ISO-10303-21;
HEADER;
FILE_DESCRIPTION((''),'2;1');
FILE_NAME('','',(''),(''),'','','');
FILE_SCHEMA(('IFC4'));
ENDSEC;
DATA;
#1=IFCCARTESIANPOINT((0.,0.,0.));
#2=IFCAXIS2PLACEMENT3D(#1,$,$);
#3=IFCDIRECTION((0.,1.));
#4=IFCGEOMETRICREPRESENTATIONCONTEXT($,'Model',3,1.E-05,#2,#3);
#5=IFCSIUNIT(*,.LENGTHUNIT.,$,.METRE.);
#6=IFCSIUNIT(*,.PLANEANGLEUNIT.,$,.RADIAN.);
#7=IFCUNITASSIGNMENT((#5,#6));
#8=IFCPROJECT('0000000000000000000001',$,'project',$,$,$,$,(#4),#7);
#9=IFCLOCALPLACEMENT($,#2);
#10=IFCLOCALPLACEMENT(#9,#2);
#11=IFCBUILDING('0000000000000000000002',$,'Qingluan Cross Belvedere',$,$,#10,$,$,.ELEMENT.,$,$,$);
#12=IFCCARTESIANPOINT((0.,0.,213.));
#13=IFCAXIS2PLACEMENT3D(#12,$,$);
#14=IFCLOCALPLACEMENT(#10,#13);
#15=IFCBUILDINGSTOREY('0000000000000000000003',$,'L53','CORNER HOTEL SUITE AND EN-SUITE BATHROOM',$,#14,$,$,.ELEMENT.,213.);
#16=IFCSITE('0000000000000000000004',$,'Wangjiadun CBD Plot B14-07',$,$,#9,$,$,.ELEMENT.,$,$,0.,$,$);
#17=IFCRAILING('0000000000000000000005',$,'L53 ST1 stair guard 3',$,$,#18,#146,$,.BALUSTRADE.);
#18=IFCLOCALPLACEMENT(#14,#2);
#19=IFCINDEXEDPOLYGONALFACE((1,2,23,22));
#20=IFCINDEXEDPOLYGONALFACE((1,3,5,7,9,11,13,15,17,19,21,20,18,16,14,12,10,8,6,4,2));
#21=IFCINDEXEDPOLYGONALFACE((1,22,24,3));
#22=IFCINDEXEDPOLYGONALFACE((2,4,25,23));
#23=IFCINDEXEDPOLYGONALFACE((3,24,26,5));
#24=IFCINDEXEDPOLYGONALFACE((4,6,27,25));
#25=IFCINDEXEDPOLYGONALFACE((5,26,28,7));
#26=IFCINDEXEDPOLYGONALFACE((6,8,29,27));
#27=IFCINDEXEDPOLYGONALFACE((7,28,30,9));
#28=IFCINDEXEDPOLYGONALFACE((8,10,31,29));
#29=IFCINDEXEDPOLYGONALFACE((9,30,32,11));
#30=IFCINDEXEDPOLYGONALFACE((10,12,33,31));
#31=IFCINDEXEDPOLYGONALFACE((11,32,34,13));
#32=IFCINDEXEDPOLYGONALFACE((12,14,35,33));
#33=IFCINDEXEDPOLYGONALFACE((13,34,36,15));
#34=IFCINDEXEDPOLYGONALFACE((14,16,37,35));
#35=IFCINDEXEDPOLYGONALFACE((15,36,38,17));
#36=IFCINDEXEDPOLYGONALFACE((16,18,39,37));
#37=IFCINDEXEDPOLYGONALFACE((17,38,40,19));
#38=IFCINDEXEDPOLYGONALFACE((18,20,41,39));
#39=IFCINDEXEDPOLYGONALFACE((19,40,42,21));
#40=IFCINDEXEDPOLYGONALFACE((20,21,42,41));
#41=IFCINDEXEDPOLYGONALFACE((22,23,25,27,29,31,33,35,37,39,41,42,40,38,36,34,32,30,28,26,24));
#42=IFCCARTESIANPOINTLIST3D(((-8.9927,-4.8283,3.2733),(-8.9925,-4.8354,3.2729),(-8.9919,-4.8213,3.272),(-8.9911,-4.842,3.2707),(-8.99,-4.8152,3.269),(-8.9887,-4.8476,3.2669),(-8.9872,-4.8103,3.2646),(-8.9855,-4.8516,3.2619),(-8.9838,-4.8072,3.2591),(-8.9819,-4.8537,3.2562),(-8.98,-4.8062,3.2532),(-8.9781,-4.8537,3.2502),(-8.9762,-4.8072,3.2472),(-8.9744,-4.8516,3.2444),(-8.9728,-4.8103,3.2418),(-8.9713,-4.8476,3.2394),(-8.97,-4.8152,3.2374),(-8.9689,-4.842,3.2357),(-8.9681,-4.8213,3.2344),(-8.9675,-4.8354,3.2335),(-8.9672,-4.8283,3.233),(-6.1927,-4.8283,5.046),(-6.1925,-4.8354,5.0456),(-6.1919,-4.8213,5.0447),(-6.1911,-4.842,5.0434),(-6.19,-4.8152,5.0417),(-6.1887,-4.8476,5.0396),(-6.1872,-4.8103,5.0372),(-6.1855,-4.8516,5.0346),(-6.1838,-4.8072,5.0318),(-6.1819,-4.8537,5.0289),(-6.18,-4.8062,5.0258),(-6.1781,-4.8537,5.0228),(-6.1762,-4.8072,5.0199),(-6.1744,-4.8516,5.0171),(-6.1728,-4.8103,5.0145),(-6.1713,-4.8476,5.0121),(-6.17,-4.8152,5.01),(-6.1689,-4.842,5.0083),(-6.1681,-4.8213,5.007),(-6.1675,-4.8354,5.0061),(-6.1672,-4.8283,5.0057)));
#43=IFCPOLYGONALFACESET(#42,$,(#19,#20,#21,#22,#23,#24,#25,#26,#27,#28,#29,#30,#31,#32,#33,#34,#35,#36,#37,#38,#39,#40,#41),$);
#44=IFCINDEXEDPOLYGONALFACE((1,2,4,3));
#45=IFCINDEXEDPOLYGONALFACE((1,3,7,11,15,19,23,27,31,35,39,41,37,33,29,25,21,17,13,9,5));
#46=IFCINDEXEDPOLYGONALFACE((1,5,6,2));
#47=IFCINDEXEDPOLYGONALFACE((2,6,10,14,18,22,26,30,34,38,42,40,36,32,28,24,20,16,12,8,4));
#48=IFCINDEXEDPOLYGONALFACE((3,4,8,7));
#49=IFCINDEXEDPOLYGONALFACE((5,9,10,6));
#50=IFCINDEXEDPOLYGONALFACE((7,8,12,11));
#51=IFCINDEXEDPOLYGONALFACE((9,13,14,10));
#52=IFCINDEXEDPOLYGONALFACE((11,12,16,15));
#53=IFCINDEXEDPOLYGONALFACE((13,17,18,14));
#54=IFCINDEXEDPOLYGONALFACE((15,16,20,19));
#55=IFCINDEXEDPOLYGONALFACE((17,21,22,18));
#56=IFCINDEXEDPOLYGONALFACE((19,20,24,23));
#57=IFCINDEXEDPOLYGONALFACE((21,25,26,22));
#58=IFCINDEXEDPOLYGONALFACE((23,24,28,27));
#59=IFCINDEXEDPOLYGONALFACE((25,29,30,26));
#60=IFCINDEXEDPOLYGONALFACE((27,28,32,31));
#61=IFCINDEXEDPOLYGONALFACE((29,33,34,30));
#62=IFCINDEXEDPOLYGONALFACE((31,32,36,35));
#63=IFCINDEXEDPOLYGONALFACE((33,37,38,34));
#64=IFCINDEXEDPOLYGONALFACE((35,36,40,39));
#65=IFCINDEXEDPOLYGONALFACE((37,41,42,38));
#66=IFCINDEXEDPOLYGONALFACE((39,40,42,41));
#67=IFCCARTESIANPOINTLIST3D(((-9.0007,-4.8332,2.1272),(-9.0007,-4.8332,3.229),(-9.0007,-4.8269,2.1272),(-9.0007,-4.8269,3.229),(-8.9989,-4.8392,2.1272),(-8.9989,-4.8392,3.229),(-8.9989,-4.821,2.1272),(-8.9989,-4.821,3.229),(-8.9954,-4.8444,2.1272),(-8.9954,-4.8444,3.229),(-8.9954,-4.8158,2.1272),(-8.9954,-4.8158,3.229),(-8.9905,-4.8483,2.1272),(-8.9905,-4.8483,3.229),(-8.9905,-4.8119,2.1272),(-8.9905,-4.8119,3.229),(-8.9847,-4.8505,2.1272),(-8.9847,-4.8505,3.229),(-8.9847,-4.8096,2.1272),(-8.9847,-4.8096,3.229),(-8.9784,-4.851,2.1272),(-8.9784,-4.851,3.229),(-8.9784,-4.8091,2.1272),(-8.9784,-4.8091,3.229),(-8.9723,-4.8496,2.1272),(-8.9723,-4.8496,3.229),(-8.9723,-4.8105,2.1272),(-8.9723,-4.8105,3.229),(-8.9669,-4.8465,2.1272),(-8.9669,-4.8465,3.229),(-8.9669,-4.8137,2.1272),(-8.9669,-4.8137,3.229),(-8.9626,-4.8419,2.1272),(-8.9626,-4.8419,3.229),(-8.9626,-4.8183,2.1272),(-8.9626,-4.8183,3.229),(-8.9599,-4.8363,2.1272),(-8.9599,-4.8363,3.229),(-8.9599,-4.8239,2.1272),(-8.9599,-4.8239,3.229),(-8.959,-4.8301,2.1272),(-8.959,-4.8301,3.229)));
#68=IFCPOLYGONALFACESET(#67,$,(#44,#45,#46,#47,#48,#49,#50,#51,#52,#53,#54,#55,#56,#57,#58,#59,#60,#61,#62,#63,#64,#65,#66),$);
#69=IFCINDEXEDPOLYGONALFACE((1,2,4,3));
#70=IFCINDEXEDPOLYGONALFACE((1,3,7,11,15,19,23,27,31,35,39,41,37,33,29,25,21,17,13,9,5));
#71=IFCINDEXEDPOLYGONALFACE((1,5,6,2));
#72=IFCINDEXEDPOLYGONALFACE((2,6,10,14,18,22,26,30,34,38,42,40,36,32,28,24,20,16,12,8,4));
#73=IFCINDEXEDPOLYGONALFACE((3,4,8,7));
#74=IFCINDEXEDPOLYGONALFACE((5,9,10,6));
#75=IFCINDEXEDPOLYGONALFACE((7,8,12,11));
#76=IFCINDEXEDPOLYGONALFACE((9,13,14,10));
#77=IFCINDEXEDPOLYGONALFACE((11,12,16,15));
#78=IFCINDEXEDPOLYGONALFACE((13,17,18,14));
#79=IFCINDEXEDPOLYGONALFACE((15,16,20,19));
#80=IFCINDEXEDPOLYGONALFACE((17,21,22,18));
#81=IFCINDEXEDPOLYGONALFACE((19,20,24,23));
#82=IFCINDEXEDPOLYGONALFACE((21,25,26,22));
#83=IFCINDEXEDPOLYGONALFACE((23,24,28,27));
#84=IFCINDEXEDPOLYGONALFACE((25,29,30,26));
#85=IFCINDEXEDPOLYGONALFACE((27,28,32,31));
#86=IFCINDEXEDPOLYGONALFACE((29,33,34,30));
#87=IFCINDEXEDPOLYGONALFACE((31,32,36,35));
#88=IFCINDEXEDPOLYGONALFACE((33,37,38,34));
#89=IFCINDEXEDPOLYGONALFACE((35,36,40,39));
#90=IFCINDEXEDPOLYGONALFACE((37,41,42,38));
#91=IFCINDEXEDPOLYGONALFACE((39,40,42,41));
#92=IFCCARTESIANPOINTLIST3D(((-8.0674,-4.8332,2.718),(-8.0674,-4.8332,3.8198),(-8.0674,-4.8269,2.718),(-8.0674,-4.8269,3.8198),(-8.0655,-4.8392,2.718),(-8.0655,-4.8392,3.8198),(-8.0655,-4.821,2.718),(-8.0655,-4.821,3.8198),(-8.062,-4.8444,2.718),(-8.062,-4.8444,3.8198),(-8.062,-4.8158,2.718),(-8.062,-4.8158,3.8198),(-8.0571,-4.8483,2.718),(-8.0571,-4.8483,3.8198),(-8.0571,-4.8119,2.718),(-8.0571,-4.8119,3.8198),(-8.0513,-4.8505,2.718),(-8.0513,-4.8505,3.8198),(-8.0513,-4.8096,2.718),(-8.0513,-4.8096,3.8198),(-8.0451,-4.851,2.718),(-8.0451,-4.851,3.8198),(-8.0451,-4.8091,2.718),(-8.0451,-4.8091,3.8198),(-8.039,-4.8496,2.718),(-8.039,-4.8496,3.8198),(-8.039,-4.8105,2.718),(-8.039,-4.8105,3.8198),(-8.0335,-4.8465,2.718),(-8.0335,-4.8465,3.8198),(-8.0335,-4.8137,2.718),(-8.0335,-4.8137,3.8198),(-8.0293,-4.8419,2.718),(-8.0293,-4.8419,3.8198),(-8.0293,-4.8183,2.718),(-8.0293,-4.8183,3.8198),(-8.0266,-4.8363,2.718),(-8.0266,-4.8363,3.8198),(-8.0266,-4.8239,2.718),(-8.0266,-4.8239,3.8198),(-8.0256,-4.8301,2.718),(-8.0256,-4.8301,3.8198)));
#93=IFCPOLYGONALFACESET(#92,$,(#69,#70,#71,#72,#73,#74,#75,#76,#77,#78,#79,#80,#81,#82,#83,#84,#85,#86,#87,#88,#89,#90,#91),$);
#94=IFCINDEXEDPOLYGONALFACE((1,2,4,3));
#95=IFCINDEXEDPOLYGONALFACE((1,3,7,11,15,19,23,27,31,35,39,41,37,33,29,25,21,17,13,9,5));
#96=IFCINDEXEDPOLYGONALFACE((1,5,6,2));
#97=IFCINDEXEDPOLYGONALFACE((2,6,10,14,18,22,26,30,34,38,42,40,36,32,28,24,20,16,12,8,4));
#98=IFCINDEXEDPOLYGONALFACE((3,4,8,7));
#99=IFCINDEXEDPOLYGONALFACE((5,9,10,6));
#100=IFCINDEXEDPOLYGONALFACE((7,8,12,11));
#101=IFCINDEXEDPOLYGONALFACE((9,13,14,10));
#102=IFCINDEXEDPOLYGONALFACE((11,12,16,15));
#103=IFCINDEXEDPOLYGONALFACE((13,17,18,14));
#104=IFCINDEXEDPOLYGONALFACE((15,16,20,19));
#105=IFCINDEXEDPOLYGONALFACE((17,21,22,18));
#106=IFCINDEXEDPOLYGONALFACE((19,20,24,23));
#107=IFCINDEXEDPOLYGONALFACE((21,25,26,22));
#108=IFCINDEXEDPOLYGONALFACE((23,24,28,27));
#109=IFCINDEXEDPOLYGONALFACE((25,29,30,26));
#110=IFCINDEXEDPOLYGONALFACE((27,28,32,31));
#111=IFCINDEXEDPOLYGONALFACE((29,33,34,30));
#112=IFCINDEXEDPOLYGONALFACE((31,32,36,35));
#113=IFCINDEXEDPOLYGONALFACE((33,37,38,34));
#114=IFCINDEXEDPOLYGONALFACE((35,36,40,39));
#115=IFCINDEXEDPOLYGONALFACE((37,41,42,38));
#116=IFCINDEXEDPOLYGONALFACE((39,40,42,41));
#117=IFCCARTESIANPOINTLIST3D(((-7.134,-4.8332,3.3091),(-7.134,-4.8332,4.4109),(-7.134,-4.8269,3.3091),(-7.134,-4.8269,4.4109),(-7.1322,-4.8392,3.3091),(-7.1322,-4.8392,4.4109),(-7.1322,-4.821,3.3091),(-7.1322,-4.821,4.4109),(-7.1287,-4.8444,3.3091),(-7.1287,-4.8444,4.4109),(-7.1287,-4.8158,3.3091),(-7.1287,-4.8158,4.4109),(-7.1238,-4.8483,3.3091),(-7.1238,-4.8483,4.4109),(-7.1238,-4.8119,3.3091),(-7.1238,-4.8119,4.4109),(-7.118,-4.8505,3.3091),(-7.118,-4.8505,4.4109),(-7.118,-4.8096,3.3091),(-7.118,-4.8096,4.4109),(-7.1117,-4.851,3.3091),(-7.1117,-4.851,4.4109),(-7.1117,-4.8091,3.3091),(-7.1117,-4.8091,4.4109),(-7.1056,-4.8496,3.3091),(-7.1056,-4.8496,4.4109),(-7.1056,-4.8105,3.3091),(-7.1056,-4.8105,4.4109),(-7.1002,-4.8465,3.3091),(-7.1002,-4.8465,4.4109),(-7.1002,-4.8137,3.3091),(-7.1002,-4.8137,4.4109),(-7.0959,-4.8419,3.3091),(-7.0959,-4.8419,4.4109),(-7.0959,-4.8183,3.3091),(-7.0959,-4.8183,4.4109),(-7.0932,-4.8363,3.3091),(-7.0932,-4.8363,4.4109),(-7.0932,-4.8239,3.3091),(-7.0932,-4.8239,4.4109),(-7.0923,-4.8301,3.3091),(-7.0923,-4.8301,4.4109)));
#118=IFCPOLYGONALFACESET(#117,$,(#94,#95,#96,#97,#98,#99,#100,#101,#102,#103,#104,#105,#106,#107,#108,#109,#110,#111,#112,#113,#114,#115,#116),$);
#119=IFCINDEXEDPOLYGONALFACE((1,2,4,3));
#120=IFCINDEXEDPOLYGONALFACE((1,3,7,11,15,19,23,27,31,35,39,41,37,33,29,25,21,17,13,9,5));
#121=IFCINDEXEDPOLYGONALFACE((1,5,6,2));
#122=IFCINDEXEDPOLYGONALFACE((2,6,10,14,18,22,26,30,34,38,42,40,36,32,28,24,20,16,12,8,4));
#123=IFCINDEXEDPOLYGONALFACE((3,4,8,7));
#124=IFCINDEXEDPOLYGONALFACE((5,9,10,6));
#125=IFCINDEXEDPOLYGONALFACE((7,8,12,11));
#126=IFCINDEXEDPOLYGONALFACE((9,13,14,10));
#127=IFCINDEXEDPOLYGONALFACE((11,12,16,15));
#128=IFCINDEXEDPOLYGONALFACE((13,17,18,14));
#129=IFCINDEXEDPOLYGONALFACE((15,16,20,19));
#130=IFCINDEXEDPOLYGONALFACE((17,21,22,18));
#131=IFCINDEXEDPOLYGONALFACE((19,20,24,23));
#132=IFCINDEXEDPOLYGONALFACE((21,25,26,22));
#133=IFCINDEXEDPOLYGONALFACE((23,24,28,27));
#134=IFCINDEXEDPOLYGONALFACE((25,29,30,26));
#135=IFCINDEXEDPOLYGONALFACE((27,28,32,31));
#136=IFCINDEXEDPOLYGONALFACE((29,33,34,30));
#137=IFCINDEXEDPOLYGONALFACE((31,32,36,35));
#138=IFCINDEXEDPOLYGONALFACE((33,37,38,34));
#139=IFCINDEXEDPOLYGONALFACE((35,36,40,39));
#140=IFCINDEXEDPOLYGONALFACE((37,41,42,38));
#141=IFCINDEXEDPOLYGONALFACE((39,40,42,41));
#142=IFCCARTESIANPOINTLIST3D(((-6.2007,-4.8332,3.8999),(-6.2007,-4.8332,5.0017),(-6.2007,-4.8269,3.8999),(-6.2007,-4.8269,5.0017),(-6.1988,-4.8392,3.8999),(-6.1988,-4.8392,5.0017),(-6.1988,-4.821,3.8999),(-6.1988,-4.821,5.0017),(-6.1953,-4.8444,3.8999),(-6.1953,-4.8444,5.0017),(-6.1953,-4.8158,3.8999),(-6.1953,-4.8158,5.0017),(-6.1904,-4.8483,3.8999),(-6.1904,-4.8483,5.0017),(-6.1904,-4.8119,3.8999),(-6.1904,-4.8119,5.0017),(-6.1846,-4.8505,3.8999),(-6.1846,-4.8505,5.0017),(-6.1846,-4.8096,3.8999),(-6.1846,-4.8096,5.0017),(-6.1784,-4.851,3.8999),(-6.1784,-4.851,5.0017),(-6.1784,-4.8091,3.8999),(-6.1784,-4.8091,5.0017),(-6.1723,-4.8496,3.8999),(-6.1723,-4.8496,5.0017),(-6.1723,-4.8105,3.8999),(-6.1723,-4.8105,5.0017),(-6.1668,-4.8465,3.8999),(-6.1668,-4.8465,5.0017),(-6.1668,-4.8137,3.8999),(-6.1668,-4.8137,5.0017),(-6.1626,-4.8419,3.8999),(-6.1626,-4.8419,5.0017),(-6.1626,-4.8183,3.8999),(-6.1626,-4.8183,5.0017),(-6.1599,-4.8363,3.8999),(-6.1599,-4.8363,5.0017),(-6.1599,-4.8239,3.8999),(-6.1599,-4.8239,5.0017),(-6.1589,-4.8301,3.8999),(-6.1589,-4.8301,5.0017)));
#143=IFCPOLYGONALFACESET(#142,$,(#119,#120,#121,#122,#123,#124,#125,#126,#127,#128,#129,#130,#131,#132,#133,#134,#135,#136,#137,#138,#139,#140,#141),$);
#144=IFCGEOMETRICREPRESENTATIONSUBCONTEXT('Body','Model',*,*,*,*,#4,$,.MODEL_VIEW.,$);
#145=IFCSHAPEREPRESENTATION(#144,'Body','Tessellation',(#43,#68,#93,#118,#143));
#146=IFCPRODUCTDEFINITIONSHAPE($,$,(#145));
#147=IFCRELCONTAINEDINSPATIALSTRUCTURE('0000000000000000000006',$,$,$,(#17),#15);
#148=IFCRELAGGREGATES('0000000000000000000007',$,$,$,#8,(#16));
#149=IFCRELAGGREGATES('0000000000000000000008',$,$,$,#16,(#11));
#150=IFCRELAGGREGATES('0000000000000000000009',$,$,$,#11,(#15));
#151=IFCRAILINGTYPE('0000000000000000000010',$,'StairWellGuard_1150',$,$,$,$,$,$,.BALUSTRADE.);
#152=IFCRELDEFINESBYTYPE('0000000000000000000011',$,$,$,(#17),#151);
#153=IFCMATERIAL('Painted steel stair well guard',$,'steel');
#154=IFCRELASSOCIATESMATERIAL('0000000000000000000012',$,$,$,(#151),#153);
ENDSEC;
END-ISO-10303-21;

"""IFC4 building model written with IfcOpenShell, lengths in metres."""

from ifc_helpers import new_model, si_unit, direction, frame, origin, origin_2d, place, context, subcontext, project, spatial, circle, extrude, material, type_object, element, save


model = new_model("IFC4")

# Units and contexts
model_context = context("Model", 3, precision=1e-05, world=origin(), true_north=direction((0.0, 1.0)))
body_context = subcontext(model_context, "Body", "Model", "MODEL_VIEW")
ifc_project = project(units=[si_unit("LENGTHUNIT", "METRE"), si_unit("PLANEANGLEUNIT", "RADIAN")], contexts=[model_context])

# Site, building, storey
site_placement = place(None, origin())
site = spatial("IfcSite", under=ifc_project, at=site_placement, Name="Wangjiadun CBD Plot B14-07", CompositionType="ELEMENT", RefElevation=0.0)
building_placement = place(site_placement, origin())
building = spatial("IfcBuilding", under=site, at=building_placement, Name="Qingluan Cross Belvedere", CompositionType="ELEMENT")
storey_placement = place(building_placement, frame((0.0, 0.0, 213.0)))
storey = spatial("IfcBuildingStorey", under=building, at=storey_placement, Name="L53", Description="CORNER HOTEL SUITE AND EN-SUITE BATHROOM", CompositionType="ELEMENT", Elevation=213.0)

# Railing
ifc_material_1 = material(Name="Painted steel stair well guard", Category="steel")
railing_type_1 = type_object("IfcRailingType", Name="StairWellGuard_1150", PredefinedType="BALUSTRADE", material=ifc_material_1)
railing_1_placement = place(storey_placement, frame((-8.98, -4.8301, 2.1272)))
element("IfcRailing", 1, at=railing_1_placement, inside=storey, type_object=railing_type_1, Name="L53 ST1 stair guard 3", PredefinedType="BALUSTRADE", context=body_context, shape_type="SweptSolid", body=[
    extrude(circle(Radius=0.0239, at=origin_2d()), frame((0.0, 0.0, 1.126), z_axis=(0.844909, 0.0, 0.53491), x_axis=(0.0, 1.0, 0.0)), (0.0, 0.0, 1.0), 3.314),
    extrude(circle(Radius=0.021, at=origin_2d()), origin(), (0.0, 0.0, 1.0), 1.1018),
    extrude(circle(Radius=0.021, at=origin_2d()), frame((0.9333, 0.0, 0.5908)), (0.0, 0.0, 1.0), 1.1018),
    extrude(circle(Radius=0.021, at=origin_2d()), frame((1.8667, 0.0, 1.1819)), (0.0, 0.0, 1.0), 1.1018),
    extrude(circle(Radius=0.021, at=origin_2d()), frame((2.8, 0.0, 1.7727)), (0.0, 0.0, 1.0), 1.1018),
])

save(model, "model.ifc")
